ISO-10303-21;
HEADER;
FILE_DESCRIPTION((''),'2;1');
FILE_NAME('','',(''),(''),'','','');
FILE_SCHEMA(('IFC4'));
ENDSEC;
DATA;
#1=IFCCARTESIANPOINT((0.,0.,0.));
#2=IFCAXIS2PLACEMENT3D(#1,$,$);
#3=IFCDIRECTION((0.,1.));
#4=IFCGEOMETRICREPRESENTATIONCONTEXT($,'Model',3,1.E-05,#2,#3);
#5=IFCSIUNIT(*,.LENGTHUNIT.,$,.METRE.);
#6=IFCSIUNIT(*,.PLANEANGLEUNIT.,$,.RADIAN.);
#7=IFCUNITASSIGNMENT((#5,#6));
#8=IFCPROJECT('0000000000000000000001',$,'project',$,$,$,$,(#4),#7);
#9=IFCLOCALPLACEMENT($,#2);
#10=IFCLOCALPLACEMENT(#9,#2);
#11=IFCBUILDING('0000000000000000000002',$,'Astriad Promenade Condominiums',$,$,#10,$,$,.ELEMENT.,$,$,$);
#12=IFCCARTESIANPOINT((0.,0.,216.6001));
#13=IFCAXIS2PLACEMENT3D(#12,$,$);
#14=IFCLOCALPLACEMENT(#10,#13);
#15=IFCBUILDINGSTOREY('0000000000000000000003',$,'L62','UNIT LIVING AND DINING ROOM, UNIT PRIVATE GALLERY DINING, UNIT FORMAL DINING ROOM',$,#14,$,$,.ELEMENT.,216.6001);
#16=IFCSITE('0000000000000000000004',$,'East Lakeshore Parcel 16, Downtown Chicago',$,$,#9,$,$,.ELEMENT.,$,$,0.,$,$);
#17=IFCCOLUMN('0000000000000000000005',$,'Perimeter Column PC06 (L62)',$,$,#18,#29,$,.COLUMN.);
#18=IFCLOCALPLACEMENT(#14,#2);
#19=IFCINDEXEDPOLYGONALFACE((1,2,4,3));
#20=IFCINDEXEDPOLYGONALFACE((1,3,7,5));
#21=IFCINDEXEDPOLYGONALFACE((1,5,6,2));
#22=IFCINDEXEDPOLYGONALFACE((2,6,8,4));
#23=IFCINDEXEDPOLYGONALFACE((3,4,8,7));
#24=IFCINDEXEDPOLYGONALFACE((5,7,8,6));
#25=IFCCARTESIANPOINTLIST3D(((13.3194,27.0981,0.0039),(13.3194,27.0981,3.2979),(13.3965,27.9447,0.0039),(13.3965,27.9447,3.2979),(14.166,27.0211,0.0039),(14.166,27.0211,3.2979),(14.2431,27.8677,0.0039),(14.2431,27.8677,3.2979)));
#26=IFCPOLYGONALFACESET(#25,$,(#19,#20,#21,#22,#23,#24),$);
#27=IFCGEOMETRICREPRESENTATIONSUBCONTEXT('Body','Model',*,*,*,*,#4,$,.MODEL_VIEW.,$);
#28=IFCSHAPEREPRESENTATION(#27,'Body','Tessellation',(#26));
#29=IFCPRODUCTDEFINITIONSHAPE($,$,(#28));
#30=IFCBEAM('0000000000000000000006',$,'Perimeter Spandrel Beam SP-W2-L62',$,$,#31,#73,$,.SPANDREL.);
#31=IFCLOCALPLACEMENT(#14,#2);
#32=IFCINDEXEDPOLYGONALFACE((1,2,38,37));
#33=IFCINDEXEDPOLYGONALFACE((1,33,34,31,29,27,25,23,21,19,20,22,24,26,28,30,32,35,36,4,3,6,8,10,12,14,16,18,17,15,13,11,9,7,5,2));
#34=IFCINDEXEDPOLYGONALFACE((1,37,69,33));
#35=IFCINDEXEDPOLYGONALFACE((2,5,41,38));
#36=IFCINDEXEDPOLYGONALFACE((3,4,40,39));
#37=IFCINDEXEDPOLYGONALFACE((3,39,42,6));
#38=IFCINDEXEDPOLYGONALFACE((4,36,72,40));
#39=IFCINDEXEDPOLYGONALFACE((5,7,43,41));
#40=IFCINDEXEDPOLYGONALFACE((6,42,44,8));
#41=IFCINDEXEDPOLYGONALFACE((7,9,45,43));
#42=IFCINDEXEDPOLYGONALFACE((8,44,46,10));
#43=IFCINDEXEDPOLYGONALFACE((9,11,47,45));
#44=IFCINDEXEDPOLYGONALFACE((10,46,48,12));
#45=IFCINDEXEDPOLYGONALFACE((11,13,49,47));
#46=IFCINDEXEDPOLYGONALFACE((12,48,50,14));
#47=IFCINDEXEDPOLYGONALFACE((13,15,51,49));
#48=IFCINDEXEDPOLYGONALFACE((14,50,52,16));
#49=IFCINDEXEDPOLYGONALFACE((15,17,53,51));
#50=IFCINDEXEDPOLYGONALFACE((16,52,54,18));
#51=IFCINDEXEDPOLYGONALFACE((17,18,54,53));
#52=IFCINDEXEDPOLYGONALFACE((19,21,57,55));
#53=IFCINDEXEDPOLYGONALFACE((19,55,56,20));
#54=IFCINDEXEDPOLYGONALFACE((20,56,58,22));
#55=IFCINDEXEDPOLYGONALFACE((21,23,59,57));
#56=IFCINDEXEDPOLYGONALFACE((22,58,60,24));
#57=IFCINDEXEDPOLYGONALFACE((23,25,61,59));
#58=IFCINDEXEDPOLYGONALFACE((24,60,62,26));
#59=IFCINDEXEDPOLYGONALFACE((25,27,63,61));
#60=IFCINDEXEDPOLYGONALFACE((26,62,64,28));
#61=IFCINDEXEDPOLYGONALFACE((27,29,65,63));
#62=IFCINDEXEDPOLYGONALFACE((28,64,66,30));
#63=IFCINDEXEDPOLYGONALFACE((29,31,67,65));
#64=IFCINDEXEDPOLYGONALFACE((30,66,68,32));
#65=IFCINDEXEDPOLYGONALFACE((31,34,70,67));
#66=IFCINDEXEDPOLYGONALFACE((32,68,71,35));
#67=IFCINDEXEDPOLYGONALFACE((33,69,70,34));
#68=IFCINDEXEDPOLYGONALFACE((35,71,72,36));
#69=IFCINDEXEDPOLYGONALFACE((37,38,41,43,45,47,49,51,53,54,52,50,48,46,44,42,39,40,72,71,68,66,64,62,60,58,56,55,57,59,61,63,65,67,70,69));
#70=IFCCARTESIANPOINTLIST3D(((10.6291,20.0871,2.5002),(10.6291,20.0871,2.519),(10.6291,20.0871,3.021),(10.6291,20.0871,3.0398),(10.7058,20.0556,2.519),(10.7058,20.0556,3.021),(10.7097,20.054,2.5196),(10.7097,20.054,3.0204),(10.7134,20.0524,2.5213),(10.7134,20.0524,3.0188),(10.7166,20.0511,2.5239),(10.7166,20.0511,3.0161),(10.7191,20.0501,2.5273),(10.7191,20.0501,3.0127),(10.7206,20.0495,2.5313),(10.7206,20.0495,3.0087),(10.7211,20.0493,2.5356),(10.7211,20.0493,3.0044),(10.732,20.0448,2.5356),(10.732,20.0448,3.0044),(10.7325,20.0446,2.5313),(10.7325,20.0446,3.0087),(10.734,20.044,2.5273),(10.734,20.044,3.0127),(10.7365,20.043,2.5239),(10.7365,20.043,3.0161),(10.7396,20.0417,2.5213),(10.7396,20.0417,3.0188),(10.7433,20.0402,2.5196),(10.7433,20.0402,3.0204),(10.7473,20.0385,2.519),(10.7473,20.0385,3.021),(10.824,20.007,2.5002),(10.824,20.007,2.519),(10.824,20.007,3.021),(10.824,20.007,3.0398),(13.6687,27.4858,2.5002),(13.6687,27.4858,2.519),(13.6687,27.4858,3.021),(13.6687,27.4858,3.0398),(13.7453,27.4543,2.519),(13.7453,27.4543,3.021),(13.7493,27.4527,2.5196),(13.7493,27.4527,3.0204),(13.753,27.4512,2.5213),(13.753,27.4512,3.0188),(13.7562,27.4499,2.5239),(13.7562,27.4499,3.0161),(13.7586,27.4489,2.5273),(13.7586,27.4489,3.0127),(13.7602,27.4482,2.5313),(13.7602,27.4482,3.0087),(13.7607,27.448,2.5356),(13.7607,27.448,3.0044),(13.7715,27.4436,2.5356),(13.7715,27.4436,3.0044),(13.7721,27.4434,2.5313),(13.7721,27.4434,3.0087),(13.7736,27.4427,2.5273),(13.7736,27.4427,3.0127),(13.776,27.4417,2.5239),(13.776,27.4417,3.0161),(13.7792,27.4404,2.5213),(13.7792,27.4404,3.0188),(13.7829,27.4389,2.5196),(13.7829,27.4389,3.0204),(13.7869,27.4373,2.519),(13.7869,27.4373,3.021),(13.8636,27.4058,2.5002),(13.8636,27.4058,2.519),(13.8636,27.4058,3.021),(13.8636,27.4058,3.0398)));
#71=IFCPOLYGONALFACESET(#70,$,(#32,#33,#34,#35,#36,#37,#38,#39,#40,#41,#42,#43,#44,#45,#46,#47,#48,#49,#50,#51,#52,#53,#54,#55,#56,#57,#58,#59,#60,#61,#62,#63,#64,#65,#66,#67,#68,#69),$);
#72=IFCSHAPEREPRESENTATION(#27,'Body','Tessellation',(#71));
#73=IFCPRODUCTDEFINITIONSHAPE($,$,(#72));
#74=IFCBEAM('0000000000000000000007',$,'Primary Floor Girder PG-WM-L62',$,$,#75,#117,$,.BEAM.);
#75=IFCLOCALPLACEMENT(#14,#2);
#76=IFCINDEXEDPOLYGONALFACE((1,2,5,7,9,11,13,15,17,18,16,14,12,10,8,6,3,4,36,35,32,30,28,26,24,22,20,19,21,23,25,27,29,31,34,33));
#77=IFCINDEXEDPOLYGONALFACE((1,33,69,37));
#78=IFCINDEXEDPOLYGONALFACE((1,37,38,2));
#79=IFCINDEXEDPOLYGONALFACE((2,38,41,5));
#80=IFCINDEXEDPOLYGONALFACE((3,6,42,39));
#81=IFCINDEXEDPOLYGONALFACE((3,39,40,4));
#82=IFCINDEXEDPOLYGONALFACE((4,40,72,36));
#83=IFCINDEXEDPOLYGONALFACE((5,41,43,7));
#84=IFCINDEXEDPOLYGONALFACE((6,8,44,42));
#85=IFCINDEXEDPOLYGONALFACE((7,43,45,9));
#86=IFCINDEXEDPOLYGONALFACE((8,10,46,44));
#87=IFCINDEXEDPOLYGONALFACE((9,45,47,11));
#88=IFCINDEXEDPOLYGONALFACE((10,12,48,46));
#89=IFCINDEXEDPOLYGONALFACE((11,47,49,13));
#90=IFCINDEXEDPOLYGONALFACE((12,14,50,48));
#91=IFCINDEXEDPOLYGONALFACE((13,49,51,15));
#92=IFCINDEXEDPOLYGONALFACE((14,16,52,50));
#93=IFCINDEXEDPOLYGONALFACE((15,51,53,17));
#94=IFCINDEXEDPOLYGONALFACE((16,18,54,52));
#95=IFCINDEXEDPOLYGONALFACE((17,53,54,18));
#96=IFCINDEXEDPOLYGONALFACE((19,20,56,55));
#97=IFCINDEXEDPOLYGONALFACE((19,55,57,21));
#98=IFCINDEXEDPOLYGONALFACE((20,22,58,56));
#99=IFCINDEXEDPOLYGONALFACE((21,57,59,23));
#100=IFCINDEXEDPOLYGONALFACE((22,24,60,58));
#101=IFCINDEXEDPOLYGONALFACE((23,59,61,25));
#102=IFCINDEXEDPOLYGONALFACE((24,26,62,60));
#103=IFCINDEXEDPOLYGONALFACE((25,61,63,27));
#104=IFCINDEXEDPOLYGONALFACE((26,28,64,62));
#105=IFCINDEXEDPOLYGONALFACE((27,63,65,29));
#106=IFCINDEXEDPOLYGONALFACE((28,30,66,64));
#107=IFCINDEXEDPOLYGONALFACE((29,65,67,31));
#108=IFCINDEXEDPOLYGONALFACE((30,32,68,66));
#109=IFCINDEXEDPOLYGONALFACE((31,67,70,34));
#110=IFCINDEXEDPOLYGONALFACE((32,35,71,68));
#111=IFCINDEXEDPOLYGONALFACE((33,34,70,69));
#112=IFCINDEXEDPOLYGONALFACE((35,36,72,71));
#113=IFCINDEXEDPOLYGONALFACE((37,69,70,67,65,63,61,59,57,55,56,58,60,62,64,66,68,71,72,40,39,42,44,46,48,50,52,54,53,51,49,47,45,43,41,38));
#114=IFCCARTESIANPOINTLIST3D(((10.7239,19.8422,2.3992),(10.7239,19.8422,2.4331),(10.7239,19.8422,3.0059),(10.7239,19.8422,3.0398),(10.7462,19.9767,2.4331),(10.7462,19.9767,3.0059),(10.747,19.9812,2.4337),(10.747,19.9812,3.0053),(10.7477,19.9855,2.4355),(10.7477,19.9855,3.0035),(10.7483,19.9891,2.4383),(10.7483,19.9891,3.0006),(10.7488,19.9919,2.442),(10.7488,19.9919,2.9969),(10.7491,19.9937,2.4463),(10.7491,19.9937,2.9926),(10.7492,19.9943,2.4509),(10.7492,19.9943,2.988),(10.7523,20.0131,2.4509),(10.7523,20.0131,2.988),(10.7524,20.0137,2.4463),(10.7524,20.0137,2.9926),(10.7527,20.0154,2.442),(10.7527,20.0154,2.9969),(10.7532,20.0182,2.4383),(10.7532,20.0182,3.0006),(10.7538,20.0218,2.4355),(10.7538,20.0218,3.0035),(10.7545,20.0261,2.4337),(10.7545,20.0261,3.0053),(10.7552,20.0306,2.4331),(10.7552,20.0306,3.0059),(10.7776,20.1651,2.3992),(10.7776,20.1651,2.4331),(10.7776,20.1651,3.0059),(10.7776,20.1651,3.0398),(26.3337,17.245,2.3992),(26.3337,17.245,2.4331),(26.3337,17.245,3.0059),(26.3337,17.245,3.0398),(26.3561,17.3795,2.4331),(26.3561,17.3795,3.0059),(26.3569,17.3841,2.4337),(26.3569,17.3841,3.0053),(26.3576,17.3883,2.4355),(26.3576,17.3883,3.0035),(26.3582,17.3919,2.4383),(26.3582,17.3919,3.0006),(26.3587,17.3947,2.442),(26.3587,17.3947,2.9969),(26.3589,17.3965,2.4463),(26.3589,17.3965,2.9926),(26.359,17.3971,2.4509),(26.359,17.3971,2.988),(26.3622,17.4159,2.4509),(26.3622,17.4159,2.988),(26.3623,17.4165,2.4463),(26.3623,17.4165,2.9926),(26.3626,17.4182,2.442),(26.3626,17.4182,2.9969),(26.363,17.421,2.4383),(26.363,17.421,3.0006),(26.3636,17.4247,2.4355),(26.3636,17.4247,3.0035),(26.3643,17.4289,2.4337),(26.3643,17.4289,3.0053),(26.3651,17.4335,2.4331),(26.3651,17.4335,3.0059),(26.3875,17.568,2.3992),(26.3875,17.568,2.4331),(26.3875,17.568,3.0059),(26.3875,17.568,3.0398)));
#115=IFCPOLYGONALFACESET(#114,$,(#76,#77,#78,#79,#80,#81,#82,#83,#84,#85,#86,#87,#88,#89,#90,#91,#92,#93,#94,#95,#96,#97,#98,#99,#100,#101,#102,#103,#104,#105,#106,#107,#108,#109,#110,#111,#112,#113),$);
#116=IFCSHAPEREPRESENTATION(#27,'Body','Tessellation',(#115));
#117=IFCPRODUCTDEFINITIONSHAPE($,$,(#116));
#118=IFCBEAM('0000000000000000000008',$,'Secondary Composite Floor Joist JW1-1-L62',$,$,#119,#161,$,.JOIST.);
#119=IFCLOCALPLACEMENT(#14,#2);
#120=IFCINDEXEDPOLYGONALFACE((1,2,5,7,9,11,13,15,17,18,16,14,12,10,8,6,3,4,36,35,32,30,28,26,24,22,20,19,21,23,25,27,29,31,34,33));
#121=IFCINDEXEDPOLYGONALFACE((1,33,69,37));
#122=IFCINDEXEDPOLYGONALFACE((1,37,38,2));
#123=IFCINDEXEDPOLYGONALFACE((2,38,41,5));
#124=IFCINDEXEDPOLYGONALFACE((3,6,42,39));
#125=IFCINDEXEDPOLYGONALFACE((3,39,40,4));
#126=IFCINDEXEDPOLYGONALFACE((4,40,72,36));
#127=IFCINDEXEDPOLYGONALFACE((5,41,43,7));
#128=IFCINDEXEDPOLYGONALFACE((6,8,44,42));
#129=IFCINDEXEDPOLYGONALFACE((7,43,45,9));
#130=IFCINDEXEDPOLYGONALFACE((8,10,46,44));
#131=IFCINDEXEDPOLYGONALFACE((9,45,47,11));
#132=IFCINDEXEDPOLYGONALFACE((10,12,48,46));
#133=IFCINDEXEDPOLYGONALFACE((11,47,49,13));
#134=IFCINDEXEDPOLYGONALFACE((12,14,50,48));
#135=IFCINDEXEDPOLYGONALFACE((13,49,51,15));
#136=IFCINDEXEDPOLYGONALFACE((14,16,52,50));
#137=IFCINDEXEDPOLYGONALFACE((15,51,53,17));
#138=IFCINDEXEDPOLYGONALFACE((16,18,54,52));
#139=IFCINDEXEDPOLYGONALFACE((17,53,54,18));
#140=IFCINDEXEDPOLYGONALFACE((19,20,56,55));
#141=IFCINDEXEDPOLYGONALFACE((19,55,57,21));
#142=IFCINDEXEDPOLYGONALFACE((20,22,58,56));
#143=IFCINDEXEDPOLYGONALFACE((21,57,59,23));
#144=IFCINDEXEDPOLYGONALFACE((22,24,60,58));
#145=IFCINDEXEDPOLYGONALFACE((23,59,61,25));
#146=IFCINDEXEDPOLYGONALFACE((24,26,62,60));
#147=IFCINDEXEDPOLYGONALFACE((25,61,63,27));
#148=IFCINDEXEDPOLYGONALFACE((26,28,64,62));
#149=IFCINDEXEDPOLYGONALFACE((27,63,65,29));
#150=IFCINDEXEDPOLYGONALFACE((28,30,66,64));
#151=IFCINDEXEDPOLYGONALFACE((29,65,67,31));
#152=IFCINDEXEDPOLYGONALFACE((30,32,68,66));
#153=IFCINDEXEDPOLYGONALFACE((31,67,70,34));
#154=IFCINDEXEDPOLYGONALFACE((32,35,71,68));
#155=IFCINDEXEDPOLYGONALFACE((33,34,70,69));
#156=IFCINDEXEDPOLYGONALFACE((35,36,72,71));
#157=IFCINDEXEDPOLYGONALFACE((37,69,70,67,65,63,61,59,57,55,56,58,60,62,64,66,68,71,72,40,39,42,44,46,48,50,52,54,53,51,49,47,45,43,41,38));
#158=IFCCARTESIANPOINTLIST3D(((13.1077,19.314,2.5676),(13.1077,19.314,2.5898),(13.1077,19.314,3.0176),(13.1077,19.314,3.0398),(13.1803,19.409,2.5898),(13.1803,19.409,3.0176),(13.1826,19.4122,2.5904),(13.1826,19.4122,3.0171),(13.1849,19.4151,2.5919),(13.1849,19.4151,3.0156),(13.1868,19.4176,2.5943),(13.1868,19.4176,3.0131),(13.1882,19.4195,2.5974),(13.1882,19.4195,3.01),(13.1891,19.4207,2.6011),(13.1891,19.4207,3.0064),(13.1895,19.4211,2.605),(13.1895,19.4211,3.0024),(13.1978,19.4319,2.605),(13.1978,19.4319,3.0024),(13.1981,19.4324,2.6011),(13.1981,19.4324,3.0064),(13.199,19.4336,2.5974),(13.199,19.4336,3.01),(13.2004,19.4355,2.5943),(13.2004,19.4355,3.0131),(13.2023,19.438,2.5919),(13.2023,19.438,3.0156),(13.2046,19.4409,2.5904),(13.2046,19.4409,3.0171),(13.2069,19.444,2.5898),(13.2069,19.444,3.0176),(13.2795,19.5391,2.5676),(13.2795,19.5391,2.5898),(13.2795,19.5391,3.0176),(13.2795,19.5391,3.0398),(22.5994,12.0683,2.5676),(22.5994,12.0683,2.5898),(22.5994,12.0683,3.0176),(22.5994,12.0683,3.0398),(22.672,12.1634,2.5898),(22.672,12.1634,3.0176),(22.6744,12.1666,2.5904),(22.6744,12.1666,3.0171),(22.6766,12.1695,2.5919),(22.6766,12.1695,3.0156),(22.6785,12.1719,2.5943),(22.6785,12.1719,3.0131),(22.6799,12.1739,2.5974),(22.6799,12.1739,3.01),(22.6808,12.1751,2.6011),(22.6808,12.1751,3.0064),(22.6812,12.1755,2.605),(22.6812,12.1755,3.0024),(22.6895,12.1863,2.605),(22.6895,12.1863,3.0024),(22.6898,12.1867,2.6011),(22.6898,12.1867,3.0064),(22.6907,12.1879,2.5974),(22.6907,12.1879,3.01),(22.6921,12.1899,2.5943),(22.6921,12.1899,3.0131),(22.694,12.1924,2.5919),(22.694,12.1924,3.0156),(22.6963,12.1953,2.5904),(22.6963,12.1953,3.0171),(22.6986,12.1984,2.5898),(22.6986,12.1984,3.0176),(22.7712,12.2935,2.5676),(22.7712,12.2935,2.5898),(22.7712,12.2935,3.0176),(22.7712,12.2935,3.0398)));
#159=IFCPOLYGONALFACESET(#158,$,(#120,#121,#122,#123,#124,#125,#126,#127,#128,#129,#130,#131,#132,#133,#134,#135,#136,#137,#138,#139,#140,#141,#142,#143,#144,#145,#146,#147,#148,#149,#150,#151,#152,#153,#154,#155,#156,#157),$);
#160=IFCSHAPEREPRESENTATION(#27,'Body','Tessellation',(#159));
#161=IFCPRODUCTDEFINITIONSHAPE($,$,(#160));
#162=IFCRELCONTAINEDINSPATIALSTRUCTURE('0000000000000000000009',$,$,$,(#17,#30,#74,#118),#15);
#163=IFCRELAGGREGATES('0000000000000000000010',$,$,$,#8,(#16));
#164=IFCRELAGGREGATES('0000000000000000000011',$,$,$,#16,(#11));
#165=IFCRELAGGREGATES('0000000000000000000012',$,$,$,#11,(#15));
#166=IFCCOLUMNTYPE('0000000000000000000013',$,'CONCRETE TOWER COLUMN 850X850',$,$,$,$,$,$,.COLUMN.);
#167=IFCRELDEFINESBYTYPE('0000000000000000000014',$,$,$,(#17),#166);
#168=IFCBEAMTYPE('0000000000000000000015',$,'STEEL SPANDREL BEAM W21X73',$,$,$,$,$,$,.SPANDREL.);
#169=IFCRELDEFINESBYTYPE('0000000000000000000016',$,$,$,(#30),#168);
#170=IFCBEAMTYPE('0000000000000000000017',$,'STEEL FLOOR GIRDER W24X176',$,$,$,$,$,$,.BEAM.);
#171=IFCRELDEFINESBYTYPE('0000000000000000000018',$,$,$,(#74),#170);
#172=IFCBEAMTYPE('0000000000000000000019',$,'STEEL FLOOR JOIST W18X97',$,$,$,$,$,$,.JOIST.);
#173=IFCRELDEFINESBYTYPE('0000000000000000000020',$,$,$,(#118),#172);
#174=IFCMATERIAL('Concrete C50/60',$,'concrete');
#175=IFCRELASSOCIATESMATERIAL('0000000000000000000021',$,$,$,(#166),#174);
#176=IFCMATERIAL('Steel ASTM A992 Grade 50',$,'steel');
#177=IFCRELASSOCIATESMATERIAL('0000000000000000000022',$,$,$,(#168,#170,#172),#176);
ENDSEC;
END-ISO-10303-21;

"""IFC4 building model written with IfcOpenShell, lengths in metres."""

from ifc_helpers import new_model, si_unit, direction, frame, origin, origin_2d, place, context, subcontext, project, spatial, rectangle, i_section, extrude, source, transform, mapped, material, material_profile, profile_set, type_object, type_shapes, element, save


model = new_model("IFC4")

# Units and contexts
model_context = context("Model", 3, precision=1e-05, world=origin(), true_north=direction((0.0, 1.0)))
body_context = subcontext(model_context, "Body", "Model", "MODEL_VIEW")
ifc_project = project(units=[si_unit("LENGTHUNIT", "METRE"), si_unit("PLANEANGLEUNIT", "RADIAN")], contexts=[model_context])

# Site, building, storey
site_placement = place(None, origin())
site = spatial("IfcSite", under=ifc_project, at=site_placement, Name="East Lakeshore Parcel 16, Downtown Chicago", CompositionType="ELEMENT", RefElevation=0.0)
building_placement = place(site_placement, origin())
building = spatial("IfcBuilding", under=site, at=building_placement, Name="Astriad Promenade Condominiums", CompositionType="ELEMENT")
storey_placement = place(building_placement, frame((0.0, 0.0, 216.6001)))
storey = spatial("IfcBuildingStorey", under=building, at=storey_placement, Name="L62", Description="UNIT LIVING AND DINING ROOM, UNIT PRIVATE GALLERY DINING, UNIT FORMAL DINING ROOM", CompositionType="ELEMENT", Elevation=216.6001)

# Column
ifc_material_1 = material(Name="Concrete C50/60", Category="concrete")
ifc_material_profile_1 = material_profile(ifc_material_1, rectangle(XDim=0.8501, YDim=0.8501, at=origin_2d()), Name="RC-COL-850X850")
ifc_profile_set_1 = profile_set([ifc_material_profile_1], Name="Concrete C50/60")
column_type = type_object("IfcColumnType", Name="CONCRETE TOWER COLUMN 850X850", PredefinedType="COLUMN", material=ifc_profile_set_1)
shared_shape_1 = source(origin(), body_context, "Body", "SweptSolid", [
    extrude(rectangle(XDim=0.8501, YDim=0.8501, at=origin_2d()), origin(), (0.0, 0.0, 1.0), 3.2939),
])
type_shapes(column_type, [shared_shape_1])
column_placement = place(storey_placement, frame((13.7812, 27.4829, 0.0039), z_axis=(0.0, 0.0, 1.0), x_axis=(0.995884, -0.090633, 0.0)))
element("IfcColumn", 1, at=column_placement, inside=storey, type_object=column_type, Name="Perimeter Column PC06 (L62)", PredefinedType="COLUMN", context=body_context, shape_type="MappedRepresentation", body=[
    mapped(shared_shape_1, transform((0.0, 0.0, 0.0), scale=1.0)),
])

# Beams
ifc_material_2 = material(Name="Steel ASTM A992 Grade 50", Category="steel")
ifc_material_profile_2 = material_profile(ifc_material_2, i_section(OverallWidth=0.2107, OverallDepth=0.5396, WebThickness=0.0117, FlangeThickness=0.0188, FilletRadius=0.0166, at=origin_2d()), Name="W21X73")
ifc_profile_set_2 = profile_set([ifc_material_profile_2], Name="Steel ASTM A992 Grade 50")
beam_type_1 = type_object("IfcBeamType", Name="STEEL SPANDREL BEAM W21X73", PredefinedType="SPANDREL", material=ifc_profile_set_2)
shared_shape_2 = source(origin(), body_context, "Body", "SweptSolid", [
    extrude(i_section(OverallWidth=0.2107, OverallDepth=0.5396, WebThickness=0.0117, FlangeThickness=0.0188, FilletRadius=0.0166, at=origin_2d()), origin(), (0.0, 0.0, 1.0), 7.9988),
])
type_shapes(beam_type_1, [shared_shape_2])
beam_1_placement = place(storey_placement, frame((13.7661, 27.4458, 2.77), z_axis=(-0.380005, -0.924984, 0.0), x_axis=(0.924984, -0.380005, 0.0)))
element("IfcBeam", 2, at=beam_1_placement, inside=storey, type_object=beam_type_1, Name="Perimeter Spandrel Beam SP-W2-L62", PredefinedType="SPANDREL", context=body_context, shape_type="MappedRepresentation", body=[
    mapped(shared_shape_2, transform((0.0, 0.0, 0.0), scale=1.0)),
])
ifc_material_profile_3 = material_profile(ifc_material_2, i_section(OverallWidth=0.3274, OverallDepth=0.6406, WebThickness=0.019, FlangeThickness=0.0339, FilletRadius=0.0178, at=origin_2d()), Name="W24X176")
ifc_profile_set_3 = profile_set([ifc_material_profile_3], Name="Steel ASTM A992 Grade 50")
beam_type_2 = type_object("IfcBeamType", Name="STEEL FLOOR GIRDER W24X176", PredefinedType="BEAM", material=ifc_profile_set_3)
shared_shape_3 = source(origin(), body_context, "Body", "SweptSolid", [
    extrude(i_section(OverallWidth=0.3274, OverallDepth=0.6406, WebThickness=0.019, FlangeThickness=0.0339, FilletRadius=0.0178, at=origin_2d()), origin(), (0.0, 0.0, 1.0), 15.8245),
])
type_shapes(beam_type_2, [shared_shape_3])
beam_2_placement = place(storey_placement, frame((10.7507, 20.0037, 2.7195), z_axis=(0.98644, -0.164124, 0.0), x_axis=(0.164124, 0.98644, 0.0)))
element("IfcBeam", 3, at=beam_2_placement, inside=storey, type_object=beam_type_2, Name="Primary Floor Girder PG-WM-L62", PredefinedType="BEAM", context=body_context, shape_type="MappedRepresentation", body=[
    mapped(shared_shape_3, transform((0.0, 0.0, 0.0), scale=1.0)),
])
ifc_material_profile_4 = material_profile(ifc_material_2, i_section(OverallWidth=0.2832, OverallDepth=0.4722, WebThickness=0.0137, FlangeThickness=0.0222, FilletRadius=0.0151, at=origin_2d()), Name="W18X97")
ifc_profile_set_4 = profile_set([ifc_material_profile_4], Name="Steel ASTM A992 Grade 50")
beam_type_3 = type_object("IfcBeamType", Name="STEEL FLOOR JOIST W18X97", PredefinedType="JOIST", material=ifc_profile_set_4)
shared_shape_4 = source(origin(), body_context, "Body", "SweptSolid", [
    extrude(i_section(OverallWidth=0.2832, OverallDepth=0.4722, WebThickness=0.0137, FlangeThickness=0.0222, FilletRadius=0.0151, at=origin_2d()), origin(), (0.0, 0.0, 1.0), 11.9412),
])
beam_3_placement = place(storey_placement, frame((13.1936, 19.4265, 2.8037), z_axis=(0.794873, -0.606776, 0.0), x_axis=(0.606776, 0.794873, 0.0)))
element("IfcBeam", 4, at=beam_3_placement, inside=storey, type_object=beam_type_3, Name="Secondary Composite Floor Joist JW1-1-L62", PredefinedType="JOIST", context=body_context, shape_type="MappedRepresentation", body=[
    mapped(shared_shape_4, transform((0.0, 0.0, 0.0), scale=1.0)),
])

save(model, "model.ifc")
